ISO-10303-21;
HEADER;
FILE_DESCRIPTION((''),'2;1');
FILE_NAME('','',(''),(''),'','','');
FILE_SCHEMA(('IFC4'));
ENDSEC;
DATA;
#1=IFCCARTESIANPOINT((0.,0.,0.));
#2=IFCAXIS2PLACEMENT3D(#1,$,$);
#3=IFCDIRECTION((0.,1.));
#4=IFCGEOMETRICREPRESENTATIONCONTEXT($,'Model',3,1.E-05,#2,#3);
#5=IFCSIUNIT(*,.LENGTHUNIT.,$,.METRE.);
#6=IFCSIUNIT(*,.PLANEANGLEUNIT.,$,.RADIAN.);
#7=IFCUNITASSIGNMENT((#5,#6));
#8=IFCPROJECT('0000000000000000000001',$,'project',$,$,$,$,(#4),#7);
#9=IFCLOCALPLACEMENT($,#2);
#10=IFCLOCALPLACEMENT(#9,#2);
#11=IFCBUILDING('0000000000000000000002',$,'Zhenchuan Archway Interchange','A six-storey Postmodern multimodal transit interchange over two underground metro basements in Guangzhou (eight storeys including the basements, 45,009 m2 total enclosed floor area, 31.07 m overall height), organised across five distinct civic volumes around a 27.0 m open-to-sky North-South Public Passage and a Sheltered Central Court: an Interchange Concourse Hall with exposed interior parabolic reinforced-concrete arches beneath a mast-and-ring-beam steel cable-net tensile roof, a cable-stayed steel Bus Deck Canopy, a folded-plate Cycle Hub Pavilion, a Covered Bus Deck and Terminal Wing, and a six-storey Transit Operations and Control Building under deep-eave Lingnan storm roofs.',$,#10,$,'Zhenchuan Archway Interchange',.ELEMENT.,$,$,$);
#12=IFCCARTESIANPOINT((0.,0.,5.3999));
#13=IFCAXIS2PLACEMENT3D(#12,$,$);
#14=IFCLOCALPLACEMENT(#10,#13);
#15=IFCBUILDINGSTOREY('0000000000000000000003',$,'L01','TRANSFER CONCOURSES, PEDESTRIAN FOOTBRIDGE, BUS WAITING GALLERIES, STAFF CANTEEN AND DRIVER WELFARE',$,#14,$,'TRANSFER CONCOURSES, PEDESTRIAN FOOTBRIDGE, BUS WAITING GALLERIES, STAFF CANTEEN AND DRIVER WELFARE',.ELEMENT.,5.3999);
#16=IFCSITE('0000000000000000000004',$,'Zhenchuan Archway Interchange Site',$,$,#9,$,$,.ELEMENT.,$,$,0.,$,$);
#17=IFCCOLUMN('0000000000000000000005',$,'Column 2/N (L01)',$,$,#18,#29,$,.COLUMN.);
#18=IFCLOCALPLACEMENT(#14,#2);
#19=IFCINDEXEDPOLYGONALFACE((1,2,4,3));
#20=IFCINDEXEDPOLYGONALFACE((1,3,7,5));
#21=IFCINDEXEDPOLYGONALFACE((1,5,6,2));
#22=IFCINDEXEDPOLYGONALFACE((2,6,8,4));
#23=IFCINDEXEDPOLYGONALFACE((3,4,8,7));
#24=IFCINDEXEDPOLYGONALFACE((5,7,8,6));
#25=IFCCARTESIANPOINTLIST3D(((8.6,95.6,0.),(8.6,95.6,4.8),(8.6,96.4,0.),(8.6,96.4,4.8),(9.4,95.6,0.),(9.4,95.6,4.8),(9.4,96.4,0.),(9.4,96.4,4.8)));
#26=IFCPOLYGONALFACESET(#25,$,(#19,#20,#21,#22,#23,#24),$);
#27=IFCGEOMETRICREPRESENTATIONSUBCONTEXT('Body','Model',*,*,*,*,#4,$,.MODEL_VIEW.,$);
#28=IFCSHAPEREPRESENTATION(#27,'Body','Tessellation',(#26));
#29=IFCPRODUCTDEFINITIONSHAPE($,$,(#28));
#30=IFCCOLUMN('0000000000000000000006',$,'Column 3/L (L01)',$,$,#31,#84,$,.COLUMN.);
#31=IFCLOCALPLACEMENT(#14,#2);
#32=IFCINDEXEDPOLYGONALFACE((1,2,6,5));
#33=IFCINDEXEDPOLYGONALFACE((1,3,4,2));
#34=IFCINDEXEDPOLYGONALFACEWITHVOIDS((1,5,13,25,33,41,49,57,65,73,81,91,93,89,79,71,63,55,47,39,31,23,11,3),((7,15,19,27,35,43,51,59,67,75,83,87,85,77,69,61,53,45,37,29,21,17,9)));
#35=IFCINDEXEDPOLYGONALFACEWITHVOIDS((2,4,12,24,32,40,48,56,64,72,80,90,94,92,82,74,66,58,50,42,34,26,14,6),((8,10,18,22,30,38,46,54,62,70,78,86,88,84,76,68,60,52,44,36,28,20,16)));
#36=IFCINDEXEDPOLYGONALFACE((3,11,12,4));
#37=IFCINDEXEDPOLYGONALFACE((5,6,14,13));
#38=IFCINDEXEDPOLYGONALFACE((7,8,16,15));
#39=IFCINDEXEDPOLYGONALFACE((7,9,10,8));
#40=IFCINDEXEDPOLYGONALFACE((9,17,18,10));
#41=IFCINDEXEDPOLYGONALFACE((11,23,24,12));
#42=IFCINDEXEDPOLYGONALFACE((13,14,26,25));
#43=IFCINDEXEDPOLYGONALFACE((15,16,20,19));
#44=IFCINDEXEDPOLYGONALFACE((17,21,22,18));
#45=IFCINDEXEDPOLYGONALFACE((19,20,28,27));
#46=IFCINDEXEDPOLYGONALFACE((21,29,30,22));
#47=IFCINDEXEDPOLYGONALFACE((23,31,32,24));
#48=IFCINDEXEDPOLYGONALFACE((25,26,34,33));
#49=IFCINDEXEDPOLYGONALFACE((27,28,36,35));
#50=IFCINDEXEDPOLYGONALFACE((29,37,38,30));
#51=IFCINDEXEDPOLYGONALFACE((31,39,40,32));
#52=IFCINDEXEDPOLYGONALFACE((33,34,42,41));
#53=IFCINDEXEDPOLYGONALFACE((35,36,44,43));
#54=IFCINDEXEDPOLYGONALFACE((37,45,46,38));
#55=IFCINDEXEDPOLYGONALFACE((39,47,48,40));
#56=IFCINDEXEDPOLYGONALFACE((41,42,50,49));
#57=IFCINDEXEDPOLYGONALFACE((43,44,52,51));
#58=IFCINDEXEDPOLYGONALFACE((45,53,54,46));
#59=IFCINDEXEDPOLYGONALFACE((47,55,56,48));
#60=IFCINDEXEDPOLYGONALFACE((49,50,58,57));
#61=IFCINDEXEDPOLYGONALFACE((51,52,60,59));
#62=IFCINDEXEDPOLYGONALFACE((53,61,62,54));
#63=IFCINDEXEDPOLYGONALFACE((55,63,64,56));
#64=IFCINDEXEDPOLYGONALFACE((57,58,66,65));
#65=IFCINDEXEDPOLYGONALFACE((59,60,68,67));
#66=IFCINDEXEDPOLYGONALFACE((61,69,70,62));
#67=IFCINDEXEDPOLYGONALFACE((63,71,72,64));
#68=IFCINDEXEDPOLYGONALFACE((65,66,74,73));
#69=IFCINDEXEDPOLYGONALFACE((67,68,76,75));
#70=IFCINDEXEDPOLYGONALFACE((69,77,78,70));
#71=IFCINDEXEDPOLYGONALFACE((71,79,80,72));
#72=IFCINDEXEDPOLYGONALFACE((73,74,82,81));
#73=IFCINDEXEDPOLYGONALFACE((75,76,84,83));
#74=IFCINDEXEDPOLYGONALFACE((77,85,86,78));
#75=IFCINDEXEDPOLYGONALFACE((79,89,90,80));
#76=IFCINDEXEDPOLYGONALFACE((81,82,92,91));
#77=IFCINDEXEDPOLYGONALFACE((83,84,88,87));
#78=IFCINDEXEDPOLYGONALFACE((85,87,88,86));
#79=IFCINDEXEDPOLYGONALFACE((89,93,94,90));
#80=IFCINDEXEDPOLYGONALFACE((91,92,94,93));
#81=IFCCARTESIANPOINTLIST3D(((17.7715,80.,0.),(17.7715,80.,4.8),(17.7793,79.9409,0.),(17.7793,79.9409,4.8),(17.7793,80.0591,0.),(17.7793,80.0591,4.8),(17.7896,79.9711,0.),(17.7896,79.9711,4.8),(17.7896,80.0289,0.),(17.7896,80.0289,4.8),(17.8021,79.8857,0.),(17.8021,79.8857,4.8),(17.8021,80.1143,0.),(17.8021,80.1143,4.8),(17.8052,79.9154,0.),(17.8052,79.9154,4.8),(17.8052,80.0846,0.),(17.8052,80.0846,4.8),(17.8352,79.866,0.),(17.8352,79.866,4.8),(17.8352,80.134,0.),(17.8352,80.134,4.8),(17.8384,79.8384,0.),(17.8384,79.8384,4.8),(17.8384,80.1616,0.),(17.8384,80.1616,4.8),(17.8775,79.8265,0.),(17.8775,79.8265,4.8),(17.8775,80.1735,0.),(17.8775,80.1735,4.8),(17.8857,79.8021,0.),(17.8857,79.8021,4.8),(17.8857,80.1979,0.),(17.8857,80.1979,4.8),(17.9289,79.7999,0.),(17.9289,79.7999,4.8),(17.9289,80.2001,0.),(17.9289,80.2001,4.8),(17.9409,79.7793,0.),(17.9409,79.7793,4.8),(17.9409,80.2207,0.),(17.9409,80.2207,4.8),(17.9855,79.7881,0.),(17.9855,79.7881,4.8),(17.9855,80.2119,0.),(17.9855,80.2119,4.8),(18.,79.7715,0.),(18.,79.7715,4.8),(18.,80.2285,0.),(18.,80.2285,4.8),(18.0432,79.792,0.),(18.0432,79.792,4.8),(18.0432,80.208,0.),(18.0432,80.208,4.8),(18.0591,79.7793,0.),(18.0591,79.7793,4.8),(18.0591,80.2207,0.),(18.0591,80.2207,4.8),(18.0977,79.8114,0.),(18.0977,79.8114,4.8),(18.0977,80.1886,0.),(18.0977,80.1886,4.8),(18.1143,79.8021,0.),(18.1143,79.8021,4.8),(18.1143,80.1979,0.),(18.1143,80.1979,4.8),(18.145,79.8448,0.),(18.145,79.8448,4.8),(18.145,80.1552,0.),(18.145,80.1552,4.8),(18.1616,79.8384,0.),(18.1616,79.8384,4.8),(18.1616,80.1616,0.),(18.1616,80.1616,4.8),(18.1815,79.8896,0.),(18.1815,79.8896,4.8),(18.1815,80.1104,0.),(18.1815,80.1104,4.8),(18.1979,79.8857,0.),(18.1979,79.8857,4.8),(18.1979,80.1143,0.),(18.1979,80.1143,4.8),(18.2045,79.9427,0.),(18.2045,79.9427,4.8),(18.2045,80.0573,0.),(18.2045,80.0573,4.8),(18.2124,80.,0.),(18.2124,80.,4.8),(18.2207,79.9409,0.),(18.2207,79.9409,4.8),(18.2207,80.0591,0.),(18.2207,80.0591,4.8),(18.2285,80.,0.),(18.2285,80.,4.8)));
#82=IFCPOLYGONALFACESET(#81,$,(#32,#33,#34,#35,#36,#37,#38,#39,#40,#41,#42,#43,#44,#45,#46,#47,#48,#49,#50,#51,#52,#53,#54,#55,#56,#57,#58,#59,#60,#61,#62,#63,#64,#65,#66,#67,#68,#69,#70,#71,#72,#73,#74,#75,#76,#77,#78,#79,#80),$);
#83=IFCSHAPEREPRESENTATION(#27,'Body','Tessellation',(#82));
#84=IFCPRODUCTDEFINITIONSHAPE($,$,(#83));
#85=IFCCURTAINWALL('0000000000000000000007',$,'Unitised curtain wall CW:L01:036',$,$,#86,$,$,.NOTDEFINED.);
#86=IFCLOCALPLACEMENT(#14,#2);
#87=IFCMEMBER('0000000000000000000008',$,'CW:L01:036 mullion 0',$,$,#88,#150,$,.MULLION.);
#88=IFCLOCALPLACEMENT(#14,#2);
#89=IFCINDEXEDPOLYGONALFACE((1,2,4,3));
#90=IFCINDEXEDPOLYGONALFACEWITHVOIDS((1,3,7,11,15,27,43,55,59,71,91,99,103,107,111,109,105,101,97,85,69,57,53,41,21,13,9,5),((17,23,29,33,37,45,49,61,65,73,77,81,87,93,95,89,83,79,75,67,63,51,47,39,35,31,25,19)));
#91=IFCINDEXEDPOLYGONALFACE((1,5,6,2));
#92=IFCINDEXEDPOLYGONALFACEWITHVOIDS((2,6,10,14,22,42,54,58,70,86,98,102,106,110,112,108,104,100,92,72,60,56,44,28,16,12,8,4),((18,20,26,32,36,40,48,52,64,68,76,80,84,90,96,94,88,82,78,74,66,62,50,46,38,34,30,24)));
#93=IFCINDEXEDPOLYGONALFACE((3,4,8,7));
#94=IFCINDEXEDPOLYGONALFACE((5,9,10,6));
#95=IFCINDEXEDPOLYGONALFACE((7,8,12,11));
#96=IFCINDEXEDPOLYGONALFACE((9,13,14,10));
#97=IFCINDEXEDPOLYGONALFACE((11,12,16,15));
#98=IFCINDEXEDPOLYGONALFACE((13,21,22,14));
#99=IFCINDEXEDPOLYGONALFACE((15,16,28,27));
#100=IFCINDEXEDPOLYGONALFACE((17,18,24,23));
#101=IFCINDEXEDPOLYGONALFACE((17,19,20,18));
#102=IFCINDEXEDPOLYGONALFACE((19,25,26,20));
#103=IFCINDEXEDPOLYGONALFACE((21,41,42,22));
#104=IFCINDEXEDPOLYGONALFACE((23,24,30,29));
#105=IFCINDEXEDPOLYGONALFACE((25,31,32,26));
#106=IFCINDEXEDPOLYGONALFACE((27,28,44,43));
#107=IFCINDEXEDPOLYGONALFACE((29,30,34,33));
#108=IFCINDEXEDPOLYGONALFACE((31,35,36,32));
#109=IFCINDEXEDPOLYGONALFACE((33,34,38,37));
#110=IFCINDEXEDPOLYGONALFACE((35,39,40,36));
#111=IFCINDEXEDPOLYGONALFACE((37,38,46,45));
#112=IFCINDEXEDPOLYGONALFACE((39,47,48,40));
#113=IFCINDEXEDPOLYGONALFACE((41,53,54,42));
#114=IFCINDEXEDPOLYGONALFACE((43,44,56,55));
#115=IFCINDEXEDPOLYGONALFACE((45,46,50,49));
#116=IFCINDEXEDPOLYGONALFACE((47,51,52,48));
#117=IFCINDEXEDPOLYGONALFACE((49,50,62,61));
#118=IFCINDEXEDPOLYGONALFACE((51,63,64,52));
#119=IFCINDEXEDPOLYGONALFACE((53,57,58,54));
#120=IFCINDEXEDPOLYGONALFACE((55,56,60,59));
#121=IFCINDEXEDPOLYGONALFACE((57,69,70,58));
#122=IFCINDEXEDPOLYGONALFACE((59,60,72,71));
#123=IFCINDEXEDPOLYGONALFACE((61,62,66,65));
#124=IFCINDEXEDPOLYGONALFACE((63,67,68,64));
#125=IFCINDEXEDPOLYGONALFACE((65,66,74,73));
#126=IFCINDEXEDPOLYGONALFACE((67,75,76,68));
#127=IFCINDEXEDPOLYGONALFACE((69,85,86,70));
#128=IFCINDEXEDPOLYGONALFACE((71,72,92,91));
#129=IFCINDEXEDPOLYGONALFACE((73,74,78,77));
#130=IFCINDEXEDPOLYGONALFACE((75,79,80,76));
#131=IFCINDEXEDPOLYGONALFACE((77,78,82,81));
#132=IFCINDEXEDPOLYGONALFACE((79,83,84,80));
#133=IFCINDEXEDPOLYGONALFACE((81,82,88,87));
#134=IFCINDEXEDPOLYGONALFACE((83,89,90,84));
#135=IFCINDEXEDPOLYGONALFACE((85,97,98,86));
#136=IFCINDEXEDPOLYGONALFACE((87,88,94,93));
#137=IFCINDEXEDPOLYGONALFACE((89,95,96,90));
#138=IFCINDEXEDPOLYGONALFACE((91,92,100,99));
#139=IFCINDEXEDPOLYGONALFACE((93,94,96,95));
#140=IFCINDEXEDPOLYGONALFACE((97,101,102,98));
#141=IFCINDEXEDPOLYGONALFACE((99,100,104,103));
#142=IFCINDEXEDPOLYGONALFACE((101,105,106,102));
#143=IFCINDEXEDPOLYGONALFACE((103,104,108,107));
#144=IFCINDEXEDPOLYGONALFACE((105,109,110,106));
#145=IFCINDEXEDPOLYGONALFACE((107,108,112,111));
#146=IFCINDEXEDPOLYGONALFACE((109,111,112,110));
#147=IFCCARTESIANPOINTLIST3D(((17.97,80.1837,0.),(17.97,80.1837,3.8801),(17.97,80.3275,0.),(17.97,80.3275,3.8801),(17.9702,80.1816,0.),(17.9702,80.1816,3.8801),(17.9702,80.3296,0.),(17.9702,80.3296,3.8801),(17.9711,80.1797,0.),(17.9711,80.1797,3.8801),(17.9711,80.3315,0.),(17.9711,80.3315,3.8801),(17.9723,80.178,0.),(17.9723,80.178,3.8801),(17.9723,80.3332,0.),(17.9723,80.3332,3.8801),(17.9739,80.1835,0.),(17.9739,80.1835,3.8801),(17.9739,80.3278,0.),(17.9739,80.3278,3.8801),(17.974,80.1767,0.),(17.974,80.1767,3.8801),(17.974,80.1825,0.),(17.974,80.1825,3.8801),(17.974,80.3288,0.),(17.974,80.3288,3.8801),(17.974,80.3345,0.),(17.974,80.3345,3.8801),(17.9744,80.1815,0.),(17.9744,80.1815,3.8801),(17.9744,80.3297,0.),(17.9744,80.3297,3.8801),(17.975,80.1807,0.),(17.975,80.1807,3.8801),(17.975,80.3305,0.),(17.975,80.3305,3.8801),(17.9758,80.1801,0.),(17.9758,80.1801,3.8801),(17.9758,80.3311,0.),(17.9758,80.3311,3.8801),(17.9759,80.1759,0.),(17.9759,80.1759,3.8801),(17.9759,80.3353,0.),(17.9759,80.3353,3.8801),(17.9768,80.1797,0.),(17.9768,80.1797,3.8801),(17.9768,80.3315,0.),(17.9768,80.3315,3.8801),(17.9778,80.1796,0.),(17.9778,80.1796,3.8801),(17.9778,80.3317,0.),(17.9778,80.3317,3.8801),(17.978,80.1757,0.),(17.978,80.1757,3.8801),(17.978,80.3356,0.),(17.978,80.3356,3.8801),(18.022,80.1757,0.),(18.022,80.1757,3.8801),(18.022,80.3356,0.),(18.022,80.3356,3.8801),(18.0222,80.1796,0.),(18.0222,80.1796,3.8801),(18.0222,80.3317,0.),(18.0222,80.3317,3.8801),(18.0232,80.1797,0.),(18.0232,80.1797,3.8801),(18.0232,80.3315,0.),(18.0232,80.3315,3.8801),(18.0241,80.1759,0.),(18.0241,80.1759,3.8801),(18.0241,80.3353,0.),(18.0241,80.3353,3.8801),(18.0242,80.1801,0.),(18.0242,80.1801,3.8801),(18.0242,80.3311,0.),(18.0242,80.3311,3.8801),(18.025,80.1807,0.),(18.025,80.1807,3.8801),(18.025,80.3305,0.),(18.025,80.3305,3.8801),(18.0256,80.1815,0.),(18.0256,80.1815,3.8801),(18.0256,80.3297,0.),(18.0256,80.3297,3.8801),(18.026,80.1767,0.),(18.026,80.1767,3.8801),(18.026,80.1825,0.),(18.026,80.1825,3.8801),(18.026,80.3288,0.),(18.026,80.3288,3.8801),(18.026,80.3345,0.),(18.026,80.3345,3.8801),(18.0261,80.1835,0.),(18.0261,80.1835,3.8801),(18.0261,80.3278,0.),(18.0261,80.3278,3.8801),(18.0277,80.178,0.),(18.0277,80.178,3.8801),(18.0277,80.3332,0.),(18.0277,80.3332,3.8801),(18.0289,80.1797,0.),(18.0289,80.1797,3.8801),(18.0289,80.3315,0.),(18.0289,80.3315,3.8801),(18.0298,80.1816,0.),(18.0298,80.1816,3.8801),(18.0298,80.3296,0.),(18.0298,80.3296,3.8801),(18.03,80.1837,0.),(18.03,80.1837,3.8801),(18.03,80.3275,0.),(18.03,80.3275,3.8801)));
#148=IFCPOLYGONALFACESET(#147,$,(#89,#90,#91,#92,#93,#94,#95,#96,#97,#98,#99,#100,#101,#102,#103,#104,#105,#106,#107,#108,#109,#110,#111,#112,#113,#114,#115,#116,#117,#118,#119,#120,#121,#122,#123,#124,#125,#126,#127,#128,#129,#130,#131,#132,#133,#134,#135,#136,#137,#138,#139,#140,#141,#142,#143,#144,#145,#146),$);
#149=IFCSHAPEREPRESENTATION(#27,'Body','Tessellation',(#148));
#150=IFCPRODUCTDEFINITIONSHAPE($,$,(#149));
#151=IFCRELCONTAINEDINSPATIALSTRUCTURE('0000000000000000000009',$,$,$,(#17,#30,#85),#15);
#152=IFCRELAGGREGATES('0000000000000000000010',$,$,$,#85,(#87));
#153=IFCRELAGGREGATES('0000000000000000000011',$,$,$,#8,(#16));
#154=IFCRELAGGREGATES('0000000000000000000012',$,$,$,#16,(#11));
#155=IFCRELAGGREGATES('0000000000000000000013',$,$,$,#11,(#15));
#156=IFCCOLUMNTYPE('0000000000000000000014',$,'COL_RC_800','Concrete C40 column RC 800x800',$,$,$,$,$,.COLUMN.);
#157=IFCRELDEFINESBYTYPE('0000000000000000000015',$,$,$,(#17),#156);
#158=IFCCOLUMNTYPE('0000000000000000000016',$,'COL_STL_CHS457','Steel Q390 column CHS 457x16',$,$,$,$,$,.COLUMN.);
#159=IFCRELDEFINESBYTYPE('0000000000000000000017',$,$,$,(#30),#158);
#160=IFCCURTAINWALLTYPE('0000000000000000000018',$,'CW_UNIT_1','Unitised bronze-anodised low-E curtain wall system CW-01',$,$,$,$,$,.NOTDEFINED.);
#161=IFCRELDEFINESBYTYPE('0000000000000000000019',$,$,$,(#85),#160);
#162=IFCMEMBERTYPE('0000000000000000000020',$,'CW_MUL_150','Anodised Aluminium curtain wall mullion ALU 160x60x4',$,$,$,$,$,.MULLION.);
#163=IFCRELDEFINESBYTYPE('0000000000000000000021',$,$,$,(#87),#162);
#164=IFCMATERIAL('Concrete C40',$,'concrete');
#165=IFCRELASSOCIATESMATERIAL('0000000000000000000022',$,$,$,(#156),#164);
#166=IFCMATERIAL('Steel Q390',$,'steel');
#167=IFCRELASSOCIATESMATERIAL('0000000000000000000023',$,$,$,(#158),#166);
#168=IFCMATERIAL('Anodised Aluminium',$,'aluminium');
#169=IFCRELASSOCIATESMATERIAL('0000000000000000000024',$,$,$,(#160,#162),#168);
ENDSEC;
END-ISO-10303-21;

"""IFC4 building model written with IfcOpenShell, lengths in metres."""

from ifc_helpers import new_model, si_unit, direction, frame, origin, origin_2d, place, context, subcontext, project, spatial, rectangle, hollow_rectangle, hollow_circle, extrude, material, material_profile, profile_set, type_object, element, aggregate, save


model = new_model("IFC4")

# Units and contexts
model_context = context("Model", 3, precision=1e-05, world=origin(), true_north=direction((0.0, 1.0)))
body_context = subcontext(model_context, "Body", "Model", "MODEL_VIEW")
ifc_project = project(units=[si_unit("LENGTHUNIT", "METRE"), si_unit("PLANEANGLEUNIT", "RADIAN")], contexts=[model_context])

# Site, building, storey
site_placement = place(None, origin())
site = spatial("IfcSite", under=ifc_project, at=site_placement, Name="Zhenchuan Archway Interchange Site", CompositionType="ELEMENT", RefElevation=0.0)
building_placement = place(site_placement, origin())
building = spatial("IfcBuilding", under=site, at=building_placement, Name="Zhenchuan Archway Interchange", Description="A six-storey Postmodern multimodal transit interchange over two underground metro basements in Guangzhou (eight storeys including the basements, 45,009 m2 total enclosed floor area, 31.07 m overall height), organised across five distinct civic volumes around a 27.0 m open-to-sky North-South Public Passage and a Sheltered Central Court: an Interchange Concourse Hall with exposed interior parabolic reinforced-concrete arches beneath a mast-and-ring-beam steel cable-net tensile roof, a cable-stayed steel Bus Deck Canopy, a folded-plate Cycle Hub Pavilion, a Covered Bus Deck and Terminal Wing, and a six-storey Transit Operations and Control Building under deep-eave Lingnan storm roofs.", LongName="Zhenchuan Archway Interchange", CompositionType="ELEMENT")
storey_placement = place(building_placement, frame((0.0, 0.0, 5.3999)))
storey = spatial("IfcBuildingStorey", under=building, at=storey_placement, Name="L01", Description="TRANSFER CONCOURSES, PEDESTRIAN FOOTBRIDGE, BUS WAITING GALLERIES, STAFF CANTEEN AND DRIVER WELFARE", LongName="TRANSFER CONCOURSES, PEDESTRIAN FOOTBRIDGE, BUS WAITING GALLERIES, STAFF CANTEEN AND DRIVER WELFARE", CompositionType="ELEMENT", Elevation=5.3999)

# Columns
ifc_material_1 = material(Name="Concrete C40", Category="concrete")
ifc_material_profile_1 = material_profile(ifc_material_1, rectangle(XDim=0.8, YDim=0.8, at=origin_2d()), Name="RC 800x800")
ifc_profile_set_1 = profile_set([ifc_material_profile_1], Name="Concrete C40")
column_type_1 = type_object("IfcColumnType", Name="COL_RC_800", Description="Concrete C40 column RC 800x800", PredefinedType="COLUMN", material=ifc_profile_set_1)
column_1_placement = place(storey_placement, frame((9.0, 96.0, 0.0), z_axis=(0.0, 0.0, 1.0), x_axis=(1.0, 0.0, 0.0)))
element("IfcColumn", 1, at=column_1_placement, inside=storey, type_object=column_type_1, Name="Column 2/N (L01)", PredefinedType="COLUMN", context=body_context, shape_type="SweptSolid", body=[
    extrude(rectangle(XDim=0.8, YDim=0.8, at=origin_2d()), origin(), (0.0, 0.0, 1.0), 4.8),
])
ifc_material_2 = material(Name="Steel Q390", Category="steel")
ifc_material_profile_2 = material_profile(ifc_material_2, hollow_circle(Radius=0.2285, WallThickness=0.0161, at=origin_2d()), Name="CHS 457x16")
ifc_profile_set_2 = profile_set([ifc_material_profile_2], Name="Steel Q390")
column_type_2 = type_object("IfcColumnType", Name="COL_STL_CHS457", Description="Steel Q390 column CHS 457x16", PredefinedType="COLUMN", material=ifc_profile_set_2)
column_2_placement = place(storey_placement, frame((18.0, 80.0, 0.0), z_axis=(0.0, 0.0, 1.0), x_axis=(1.0, 0.0, 0.0)))
element("IfcColumn", 2, at=column_2_placement, inside=storey, type_object=column_type_2, Name="Column 3/L (L01)", PredefinedType="COLUMN", context=body_context, shape_type="SweptSolid", body=[
    extrude(hollow_circle(Radius=0.2285, WallThickness=0.0161, at=origin_2d()), origin(), (0.0, 0.0, 1.0), 4.8),
])

# Curtain wall, member
ifc_material_3 = material(Name="Anodised Aluminium", Category="aluminium")
curtain_wall_type_1 = type_object("IfcCurtainWallType", Name="CW_UNIT_1", Description="Unitised bronze-anodised low-E curtain wall system CW-01", PredefinedType="NOTDEFINED", material=ifc_material_3)
curtain_wall_1_placement = place(storey_placement, origin())
curtain_wall_1 = element("IfcCurtainWall", 3, at=curtain_wall_1_placement, inside=storey, type_object=curtain_wall_type_1, Name="Unitised curtain wall CW:L01:036", PredefinedType="NOTDEFINED")
ifc_material_profile_3 = material_profile(ifc_material_3, hollow_rectangle(XDim=0.0601, YDim=0.1599, WallThickness=0.0039, InnerFilletRadius=0.0039, OuterFilletRadius=0.0081, at=origin_2d()), Name="ALU 160x60x4")
ifc_profile_set_3 = profile_set([ifc_material_profile_3], Name="Anodised Aluminium")
member_type_1 = type_object("IfcMemberType", Name="CW_MUL_150", Description="Anodised Aluminium curtain wall mullion ALU 160x60x4", PredefinedType="MULLION", material=ifc_profile_set_3)
member_1_placement = place(storey_placement, frame((18.0, 80.2556, 0.0), z_axis=(0.0, 0.0, 1.0), x_axis=(1.0, 0.0, 0.0)))
member_1 = element("IfcMember", 4, at=member_1_placement, type_object=member_type_1, Name="CW:L01:036 mullion 0", PredefinedType="MULLION", context=body_context, shape_type="SweptSolid", body=[
    extrude(hollow_rectangle(XDim=0.0601, YDim=0.1599, WallThickness=0.0039, InnerFilletRadius=0.0039, OuterFilletRadius=0.0081, at=origin_2d()), origin(), (0.0, 0.0, 1.0), 3.8801),
])

aggregate(curtain_wall_1, [member_1])

save(model, "model.ifc")
